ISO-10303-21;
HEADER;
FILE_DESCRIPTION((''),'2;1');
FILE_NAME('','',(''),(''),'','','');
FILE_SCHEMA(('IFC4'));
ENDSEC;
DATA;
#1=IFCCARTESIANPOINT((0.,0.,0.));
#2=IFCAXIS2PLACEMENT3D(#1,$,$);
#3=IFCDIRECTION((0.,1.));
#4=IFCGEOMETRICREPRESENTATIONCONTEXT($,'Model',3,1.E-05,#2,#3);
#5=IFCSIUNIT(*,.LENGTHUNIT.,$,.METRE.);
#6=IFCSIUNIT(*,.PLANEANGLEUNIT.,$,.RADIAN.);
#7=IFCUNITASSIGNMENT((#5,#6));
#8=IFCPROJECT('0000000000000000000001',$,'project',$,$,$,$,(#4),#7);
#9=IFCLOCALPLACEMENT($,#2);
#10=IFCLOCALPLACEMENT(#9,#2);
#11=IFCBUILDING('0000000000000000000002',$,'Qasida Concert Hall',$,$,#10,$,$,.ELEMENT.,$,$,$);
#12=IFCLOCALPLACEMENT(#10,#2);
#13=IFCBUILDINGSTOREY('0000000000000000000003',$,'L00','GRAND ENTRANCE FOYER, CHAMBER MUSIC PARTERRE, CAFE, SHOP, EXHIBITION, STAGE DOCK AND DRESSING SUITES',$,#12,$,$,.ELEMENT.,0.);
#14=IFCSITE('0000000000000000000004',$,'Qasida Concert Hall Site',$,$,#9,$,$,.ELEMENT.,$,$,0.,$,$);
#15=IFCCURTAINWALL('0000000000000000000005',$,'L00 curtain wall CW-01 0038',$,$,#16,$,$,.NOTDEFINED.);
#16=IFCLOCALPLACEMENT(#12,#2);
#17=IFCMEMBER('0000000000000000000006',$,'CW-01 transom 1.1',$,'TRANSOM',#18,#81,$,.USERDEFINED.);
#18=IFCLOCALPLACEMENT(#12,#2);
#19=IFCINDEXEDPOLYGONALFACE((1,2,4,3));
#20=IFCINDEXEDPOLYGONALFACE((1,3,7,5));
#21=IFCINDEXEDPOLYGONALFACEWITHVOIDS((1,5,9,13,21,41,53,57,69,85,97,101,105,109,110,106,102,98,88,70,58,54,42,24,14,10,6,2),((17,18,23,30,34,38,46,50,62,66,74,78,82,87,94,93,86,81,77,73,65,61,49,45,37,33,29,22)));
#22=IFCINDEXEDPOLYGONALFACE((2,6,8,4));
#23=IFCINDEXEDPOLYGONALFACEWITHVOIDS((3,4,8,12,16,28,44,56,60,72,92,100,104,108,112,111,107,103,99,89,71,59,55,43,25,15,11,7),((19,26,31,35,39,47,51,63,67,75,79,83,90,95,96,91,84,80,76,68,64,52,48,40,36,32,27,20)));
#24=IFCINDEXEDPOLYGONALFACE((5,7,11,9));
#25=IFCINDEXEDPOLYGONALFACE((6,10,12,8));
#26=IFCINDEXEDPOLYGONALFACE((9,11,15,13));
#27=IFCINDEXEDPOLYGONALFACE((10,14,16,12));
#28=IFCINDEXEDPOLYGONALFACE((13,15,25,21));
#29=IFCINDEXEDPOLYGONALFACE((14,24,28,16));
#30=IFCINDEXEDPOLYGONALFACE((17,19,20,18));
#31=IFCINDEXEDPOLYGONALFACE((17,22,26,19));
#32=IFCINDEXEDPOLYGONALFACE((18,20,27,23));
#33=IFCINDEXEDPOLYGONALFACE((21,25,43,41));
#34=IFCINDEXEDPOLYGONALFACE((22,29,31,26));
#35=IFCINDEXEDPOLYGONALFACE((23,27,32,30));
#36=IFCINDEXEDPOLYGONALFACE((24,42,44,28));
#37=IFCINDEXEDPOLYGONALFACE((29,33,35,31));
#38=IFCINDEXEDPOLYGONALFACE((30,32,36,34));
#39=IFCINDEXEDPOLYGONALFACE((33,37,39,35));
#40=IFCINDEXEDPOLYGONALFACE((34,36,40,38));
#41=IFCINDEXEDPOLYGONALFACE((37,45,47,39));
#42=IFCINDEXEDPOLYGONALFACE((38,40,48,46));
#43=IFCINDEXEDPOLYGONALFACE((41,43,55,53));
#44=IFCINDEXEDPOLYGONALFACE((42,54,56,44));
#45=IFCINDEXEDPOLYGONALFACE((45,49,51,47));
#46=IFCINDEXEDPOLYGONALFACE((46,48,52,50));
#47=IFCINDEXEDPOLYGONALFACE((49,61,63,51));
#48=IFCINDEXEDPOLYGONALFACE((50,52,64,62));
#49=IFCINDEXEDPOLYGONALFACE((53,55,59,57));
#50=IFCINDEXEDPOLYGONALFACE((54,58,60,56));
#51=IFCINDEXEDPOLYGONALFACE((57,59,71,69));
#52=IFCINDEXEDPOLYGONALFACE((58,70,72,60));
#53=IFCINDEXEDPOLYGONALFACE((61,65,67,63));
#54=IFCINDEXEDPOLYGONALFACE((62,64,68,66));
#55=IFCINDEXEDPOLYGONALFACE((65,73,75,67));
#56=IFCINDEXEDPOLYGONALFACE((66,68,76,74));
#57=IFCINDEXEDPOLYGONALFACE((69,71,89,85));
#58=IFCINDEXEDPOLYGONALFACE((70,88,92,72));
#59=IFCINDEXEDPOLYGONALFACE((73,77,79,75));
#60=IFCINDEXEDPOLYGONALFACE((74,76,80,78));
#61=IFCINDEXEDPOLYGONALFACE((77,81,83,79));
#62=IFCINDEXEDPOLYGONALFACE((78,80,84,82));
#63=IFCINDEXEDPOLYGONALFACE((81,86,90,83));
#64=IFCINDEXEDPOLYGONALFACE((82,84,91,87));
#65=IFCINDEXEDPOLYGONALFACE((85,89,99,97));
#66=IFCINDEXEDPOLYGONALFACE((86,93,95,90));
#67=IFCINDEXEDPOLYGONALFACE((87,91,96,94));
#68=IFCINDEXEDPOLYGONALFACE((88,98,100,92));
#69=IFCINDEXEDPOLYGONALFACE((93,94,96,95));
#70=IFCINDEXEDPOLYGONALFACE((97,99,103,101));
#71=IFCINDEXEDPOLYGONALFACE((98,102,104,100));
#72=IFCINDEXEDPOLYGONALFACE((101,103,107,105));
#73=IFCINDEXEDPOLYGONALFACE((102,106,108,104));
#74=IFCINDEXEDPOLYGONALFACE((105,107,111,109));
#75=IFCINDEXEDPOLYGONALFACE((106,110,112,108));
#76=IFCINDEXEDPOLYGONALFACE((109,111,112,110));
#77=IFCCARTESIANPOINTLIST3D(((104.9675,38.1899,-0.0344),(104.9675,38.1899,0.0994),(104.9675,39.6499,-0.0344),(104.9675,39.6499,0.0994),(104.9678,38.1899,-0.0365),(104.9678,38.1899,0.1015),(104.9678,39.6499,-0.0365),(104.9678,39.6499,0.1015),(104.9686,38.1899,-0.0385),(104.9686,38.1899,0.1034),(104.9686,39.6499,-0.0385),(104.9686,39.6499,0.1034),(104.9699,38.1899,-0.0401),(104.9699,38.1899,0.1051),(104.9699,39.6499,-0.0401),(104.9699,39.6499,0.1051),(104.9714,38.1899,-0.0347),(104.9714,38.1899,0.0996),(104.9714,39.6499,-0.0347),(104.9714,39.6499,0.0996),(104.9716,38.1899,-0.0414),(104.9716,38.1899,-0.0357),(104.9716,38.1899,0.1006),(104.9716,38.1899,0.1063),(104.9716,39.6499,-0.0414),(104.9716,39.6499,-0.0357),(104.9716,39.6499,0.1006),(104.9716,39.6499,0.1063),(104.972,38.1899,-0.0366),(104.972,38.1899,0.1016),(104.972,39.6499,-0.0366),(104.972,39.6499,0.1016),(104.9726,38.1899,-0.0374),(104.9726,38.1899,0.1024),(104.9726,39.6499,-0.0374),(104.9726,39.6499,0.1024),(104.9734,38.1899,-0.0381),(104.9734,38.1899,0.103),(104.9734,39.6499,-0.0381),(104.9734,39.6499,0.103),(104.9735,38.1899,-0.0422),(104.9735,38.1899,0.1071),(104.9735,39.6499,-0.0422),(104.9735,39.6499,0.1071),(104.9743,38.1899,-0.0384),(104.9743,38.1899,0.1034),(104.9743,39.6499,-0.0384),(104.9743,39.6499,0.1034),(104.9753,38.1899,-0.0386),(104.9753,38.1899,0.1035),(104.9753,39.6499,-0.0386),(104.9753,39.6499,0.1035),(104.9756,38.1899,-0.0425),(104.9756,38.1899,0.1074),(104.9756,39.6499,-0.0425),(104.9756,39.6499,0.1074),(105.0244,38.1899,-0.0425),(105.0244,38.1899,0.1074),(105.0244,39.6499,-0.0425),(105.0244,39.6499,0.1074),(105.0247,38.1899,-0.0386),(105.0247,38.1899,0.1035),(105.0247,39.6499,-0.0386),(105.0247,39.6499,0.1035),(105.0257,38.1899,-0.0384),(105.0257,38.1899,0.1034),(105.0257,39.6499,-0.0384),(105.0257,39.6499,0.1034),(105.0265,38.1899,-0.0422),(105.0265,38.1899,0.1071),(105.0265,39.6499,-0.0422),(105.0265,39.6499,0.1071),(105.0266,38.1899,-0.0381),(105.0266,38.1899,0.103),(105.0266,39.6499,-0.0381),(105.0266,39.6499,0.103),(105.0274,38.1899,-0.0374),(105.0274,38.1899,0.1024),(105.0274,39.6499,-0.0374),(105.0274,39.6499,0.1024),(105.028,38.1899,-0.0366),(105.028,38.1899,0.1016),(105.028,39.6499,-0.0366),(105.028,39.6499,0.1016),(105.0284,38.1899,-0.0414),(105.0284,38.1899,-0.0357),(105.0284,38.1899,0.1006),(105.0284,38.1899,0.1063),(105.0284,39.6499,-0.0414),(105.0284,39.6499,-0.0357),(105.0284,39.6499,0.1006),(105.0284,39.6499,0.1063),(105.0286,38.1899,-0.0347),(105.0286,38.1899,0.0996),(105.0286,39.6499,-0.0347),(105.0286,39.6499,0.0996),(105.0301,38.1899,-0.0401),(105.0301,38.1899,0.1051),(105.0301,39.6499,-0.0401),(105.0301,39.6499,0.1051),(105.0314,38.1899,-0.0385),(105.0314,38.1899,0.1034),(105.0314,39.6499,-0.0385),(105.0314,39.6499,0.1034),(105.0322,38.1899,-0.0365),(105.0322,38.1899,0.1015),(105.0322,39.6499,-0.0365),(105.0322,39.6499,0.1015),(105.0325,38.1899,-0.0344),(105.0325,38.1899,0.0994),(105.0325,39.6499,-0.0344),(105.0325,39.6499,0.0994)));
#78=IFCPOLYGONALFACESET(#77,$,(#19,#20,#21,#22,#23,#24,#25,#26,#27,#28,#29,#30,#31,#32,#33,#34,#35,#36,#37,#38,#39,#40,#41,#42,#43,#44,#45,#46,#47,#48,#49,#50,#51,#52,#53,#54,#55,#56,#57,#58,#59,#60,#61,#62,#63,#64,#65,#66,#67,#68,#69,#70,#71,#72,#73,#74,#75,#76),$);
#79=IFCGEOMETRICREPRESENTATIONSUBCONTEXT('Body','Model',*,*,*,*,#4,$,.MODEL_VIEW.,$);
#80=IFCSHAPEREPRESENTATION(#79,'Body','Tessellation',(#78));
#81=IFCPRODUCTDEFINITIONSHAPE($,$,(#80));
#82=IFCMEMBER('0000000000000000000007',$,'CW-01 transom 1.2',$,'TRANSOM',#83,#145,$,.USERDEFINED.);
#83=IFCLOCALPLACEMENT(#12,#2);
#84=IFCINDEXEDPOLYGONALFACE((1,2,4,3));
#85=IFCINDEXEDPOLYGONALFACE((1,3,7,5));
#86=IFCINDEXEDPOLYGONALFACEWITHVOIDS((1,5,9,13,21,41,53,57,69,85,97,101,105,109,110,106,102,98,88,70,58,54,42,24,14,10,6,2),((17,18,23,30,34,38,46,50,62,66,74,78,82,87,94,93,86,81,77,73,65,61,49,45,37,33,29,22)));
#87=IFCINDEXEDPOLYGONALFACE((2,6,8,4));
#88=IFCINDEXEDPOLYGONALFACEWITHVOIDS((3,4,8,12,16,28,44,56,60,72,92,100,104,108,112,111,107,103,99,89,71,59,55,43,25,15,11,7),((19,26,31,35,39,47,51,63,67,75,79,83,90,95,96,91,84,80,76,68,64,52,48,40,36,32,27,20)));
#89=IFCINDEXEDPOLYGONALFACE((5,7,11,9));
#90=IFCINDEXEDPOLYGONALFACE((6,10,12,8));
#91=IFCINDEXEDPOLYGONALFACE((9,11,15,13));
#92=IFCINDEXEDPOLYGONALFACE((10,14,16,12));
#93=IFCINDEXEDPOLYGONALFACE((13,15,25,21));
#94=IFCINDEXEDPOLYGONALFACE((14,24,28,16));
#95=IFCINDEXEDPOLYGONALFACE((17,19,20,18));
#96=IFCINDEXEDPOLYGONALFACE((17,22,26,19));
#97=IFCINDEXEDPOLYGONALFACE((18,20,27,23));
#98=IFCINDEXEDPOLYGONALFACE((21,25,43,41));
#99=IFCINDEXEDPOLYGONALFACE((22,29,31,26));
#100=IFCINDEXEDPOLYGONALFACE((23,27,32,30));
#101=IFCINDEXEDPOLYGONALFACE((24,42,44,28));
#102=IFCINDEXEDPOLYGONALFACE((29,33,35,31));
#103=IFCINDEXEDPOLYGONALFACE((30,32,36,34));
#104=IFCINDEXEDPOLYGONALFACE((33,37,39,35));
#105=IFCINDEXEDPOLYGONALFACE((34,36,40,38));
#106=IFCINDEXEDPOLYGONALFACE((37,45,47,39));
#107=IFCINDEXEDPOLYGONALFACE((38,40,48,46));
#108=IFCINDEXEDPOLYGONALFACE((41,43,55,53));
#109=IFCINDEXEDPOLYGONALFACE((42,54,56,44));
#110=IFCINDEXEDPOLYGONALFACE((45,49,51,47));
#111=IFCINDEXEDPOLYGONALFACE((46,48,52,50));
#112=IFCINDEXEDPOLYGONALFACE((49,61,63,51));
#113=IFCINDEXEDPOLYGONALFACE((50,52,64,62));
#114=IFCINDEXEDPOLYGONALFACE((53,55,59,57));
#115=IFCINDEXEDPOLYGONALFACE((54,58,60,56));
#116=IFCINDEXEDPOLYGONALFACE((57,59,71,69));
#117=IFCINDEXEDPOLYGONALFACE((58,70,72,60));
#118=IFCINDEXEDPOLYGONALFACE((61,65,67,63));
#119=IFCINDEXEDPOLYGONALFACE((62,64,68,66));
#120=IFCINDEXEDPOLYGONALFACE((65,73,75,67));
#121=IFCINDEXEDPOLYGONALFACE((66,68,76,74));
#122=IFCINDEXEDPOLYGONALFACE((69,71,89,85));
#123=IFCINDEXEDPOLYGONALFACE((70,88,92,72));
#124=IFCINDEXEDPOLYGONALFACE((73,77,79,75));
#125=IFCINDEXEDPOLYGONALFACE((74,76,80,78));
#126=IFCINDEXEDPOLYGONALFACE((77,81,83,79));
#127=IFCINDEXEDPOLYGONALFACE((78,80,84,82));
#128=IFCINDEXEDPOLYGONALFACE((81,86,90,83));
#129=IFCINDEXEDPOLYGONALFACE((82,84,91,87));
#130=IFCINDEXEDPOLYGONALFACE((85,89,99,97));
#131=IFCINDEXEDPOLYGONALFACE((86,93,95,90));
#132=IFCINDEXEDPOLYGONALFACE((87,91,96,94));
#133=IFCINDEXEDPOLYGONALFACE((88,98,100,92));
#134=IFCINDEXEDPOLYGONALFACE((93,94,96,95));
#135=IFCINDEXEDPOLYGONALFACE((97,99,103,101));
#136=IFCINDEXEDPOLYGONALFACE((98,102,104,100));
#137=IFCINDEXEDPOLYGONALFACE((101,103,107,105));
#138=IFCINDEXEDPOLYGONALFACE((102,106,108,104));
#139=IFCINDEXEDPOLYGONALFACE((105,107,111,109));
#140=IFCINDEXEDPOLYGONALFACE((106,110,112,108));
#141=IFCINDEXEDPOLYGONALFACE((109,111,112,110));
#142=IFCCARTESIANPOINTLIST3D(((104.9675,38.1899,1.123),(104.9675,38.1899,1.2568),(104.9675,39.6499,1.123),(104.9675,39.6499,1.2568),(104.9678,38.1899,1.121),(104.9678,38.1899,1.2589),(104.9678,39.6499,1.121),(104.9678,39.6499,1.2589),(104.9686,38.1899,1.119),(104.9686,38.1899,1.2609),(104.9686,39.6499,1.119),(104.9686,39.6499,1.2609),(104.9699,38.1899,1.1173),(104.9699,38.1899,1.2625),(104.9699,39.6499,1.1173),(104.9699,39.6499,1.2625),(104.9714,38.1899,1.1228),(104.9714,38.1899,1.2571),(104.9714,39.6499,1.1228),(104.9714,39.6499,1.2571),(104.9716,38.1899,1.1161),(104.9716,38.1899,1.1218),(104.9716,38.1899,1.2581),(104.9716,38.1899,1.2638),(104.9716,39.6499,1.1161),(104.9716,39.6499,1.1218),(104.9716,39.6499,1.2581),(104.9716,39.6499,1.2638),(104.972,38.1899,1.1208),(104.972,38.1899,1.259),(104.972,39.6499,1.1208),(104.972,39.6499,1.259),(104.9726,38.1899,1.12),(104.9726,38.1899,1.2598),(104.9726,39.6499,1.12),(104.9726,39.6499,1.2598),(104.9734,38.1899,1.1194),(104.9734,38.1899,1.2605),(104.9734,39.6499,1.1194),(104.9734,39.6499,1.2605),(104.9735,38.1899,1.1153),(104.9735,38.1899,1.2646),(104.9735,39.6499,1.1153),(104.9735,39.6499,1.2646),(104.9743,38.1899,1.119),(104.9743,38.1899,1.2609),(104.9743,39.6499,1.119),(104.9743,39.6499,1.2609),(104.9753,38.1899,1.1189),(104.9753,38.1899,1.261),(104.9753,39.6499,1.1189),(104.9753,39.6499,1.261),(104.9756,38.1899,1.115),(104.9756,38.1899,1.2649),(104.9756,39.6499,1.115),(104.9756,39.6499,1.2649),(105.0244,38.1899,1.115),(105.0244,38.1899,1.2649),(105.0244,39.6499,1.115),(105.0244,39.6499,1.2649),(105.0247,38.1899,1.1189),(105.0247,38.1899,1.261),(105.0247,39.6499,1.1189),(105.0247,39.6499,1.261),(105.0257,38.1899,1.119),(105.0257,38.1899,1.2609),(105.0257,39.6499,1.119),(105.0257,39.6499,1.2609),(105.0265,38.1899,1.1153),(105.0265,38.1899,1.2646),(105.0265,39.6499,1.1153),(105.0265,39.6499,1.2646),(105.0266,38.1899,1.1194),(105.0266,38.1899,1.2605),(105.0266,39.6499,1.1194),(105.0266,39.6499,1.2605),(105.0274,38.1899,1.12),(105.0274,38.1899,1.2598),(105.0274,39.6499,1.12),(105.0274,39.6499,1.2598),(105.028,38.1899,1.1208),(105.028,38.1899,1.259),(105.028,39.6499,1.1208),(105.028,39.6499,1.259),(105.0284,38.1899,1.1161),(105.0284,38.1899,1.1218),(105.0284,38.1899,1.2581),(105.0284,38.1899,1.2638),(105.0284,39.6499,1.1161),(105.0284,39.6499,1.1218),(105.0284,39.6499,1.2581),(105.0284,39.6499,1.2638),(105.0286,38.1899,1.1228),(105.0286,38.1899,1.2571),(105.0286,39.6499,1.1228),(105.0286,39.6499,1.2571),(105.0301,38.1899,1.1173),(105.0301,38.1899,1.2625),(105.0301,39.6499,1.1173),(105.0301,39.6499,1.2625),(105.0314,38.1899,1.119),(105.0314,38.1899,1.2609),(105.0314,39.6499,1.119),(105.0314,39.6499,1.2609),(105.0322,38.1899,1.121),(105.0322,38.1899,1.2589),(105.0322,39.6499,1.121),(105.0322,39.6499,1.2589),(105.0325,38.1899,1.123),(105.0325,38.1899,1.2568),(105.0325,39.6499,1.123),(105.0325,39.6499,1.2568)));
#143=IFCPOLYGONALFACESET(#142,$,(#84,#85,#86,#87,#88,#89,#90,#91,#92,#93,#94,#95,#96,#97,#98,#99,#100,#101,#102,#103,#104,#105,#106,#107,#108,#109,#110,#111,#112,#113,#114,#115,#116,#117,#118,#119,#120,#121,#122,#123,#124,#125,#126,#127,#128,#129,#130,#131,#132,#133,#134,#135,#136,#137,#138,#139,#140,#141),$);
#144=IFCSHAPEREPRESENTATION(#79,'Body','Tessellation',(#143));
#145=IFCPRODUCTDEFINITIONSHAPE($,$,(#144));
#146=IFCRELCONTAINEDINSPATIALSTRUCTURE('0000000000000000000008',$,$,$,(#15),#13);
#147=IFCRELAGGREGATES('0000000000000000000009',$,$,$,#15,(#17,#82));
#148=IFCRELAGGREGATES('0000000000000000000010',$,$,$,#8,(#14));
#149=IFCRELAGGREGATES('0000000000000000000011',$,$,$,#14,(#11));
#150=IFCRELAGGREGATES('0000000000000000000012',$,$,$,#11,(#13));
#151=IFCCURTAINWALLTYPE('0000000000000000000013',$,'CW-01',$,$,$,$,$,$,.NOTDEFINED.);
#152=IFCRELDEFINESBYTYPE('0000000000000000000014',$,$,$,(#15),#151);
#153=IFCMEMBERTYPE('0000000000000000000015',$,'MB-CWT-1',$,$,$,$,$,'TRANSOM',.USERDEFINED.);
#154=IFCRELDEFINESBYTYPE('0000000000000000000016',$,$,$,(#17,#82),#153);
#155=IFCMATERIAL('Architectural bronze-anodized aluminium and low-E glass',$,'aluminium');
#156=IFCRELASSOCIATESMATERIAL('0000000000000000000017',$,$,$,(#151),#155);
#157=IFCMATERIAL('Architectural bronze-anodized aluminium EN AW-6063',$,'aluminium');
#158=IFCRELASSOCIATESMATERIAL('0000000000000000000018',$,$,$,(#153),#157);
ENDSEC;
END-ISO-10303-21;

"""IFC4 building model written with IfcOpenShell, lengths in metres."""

from ifc_helpers import new_model, si_unit, direction, frame, origin, origin_2d, place, context, subcontext, project, spatial, hollow_rectangle, extrude, material, material_profile, profile_set, type_object, element, aggregate, save


model = new_model("IFC4")

# Units and contexts
model_context = context("Model", 3, precision=1e-05, world=origin(), true_north=direction((0.0, 1.0)))
body_context = subcontext(model_context, "Body", "Model", "MODEL_VIEW")
ifc_project = project(units=[si_unit("LENGTHUNIT", "METRE"), si_unit("PLANEANGLEUNIT", "RADIAN")], contexts=[model_context])

# Site, building, storey
site_placement = place(None, origin())
site = spatial("IfcSite", under=ifc_project, at=site_placement, Name="Qasida Concert Hall Site", CompositionType="ELEMENT", RefElevation=0.0)
building_placement = place(site_placement, origin())
building = spatial("IfcBuilding", under=site, at=building_placement, Name="Qasida Concert Hall", CompositionType="ELEMENT")
storey_placement = place(building_placement, origin())
storey = spatial("IfcBuildingStorey", under=building, at=storey_placement, Name="L00", Description="GRAND ENTRANCE FOYER, CHAMBER MUSIC PARTERRE, CAFE, SHOP, EXHIBITION, STAGE DOCK AND DRESSING SUITES", CompositionType="ELEMENT", Elevation=0.0)

# Shared definitions
ifc_material_1 = material(Name="Architectural bronze-anodized aluminium and low-E glass", Category="aluminium")
curtain_wall_type = type_object("IfcCurtainWallType", Name="CW-01", PredefinedType="NOTDEFINED", material=ifc_material_1)
ifc_material_2 = material(Name="Architectural bronze-anodized aluminium EN AW-6063", Category="aluminium")

# Curtain wall
curtain_wall_1_placement = place(storey_placement, origin())
curtain_wall_1 = element("IfcCurtainWall", 1, at=curtain_wall_1_placement, inside=storey, type_object=curtain_wall_type, Name="L00 curtain wall CW-01 0038", PredefinedType="NOTDEFINED")

# Members
ifc_material_profile_1 = material_profile(ifc_material_2, hollow_rectangle(XDim=0.0649, YDim=0.1499, WallThickness=0.0039, InnerFilletRadius=0.0039, OuterFilletRadius=0.0081, at=origin_2d()), Name="CWT 150x65x4")
ifc_profile_set_1 = profile_set([ifc_material_profile_1], Name="Architectural bronze-anodized aluminium EN AW-6063")
member_type_1 = type_object("IfcMemberType", Name="MB-CWT-1", ElementType="TRANSOM", PredefinedType="USERDEFINED", material=ifc_profile_set_1)
member_1_placement = place(storey_placement, frame((105.0, 38.1899, 0.0325), z_axis=(0.0, 1.0, 0.0), x_axis=(-1.0, 0.0, 0.0)))
member_1 = element("IfcMember", 2, at=member_1_placement, type_object=member_type_1, Name="CW-01 transom 1.1", ObjectType="TRANSOM", PredefinedType="USERDEFINED", context=body_context, shape_type="SweptSolid", body=[
    extrude(hollow_rectangle(XDim=0.0649, YDim=0.1499, WallThickness=0.0039, InnerFilletRadius=0.0039, OuterFilletRadius=0.0081, at=origin_2d()), origin(), (0.0, 0.0, 1.0), 1.46),
])
member_2_placement = place(storey_placement, frame((105.0, 38.1899, 1.1899), z_axis=(0.0, 1.0, 0.0), x_axis=(-1.0, 0.0, 0.0)))
member_2 = element("IfcMember", 3, at=member_2_placement, type_object=member_type_1, Name="CW-01 transom 1.2", ObjectType="TRANSOM", PredefinedType="USERDEFINED", context=body_context, shape_type="SweptSolid", body=[
    extrude(hollow_rectangle(XDim=0.0649, YDim=0.1499, WallThickness=0.0039, InnerFilletRadius=0.0039, OuterFilletRadius=0.0081, at=origin_2d()), origin(), (0.0, 0.0, 1.0), 1.46),
])

aggregate(curtain_wall_1, [member_1, member_2])

save(model, "model.ifc")
